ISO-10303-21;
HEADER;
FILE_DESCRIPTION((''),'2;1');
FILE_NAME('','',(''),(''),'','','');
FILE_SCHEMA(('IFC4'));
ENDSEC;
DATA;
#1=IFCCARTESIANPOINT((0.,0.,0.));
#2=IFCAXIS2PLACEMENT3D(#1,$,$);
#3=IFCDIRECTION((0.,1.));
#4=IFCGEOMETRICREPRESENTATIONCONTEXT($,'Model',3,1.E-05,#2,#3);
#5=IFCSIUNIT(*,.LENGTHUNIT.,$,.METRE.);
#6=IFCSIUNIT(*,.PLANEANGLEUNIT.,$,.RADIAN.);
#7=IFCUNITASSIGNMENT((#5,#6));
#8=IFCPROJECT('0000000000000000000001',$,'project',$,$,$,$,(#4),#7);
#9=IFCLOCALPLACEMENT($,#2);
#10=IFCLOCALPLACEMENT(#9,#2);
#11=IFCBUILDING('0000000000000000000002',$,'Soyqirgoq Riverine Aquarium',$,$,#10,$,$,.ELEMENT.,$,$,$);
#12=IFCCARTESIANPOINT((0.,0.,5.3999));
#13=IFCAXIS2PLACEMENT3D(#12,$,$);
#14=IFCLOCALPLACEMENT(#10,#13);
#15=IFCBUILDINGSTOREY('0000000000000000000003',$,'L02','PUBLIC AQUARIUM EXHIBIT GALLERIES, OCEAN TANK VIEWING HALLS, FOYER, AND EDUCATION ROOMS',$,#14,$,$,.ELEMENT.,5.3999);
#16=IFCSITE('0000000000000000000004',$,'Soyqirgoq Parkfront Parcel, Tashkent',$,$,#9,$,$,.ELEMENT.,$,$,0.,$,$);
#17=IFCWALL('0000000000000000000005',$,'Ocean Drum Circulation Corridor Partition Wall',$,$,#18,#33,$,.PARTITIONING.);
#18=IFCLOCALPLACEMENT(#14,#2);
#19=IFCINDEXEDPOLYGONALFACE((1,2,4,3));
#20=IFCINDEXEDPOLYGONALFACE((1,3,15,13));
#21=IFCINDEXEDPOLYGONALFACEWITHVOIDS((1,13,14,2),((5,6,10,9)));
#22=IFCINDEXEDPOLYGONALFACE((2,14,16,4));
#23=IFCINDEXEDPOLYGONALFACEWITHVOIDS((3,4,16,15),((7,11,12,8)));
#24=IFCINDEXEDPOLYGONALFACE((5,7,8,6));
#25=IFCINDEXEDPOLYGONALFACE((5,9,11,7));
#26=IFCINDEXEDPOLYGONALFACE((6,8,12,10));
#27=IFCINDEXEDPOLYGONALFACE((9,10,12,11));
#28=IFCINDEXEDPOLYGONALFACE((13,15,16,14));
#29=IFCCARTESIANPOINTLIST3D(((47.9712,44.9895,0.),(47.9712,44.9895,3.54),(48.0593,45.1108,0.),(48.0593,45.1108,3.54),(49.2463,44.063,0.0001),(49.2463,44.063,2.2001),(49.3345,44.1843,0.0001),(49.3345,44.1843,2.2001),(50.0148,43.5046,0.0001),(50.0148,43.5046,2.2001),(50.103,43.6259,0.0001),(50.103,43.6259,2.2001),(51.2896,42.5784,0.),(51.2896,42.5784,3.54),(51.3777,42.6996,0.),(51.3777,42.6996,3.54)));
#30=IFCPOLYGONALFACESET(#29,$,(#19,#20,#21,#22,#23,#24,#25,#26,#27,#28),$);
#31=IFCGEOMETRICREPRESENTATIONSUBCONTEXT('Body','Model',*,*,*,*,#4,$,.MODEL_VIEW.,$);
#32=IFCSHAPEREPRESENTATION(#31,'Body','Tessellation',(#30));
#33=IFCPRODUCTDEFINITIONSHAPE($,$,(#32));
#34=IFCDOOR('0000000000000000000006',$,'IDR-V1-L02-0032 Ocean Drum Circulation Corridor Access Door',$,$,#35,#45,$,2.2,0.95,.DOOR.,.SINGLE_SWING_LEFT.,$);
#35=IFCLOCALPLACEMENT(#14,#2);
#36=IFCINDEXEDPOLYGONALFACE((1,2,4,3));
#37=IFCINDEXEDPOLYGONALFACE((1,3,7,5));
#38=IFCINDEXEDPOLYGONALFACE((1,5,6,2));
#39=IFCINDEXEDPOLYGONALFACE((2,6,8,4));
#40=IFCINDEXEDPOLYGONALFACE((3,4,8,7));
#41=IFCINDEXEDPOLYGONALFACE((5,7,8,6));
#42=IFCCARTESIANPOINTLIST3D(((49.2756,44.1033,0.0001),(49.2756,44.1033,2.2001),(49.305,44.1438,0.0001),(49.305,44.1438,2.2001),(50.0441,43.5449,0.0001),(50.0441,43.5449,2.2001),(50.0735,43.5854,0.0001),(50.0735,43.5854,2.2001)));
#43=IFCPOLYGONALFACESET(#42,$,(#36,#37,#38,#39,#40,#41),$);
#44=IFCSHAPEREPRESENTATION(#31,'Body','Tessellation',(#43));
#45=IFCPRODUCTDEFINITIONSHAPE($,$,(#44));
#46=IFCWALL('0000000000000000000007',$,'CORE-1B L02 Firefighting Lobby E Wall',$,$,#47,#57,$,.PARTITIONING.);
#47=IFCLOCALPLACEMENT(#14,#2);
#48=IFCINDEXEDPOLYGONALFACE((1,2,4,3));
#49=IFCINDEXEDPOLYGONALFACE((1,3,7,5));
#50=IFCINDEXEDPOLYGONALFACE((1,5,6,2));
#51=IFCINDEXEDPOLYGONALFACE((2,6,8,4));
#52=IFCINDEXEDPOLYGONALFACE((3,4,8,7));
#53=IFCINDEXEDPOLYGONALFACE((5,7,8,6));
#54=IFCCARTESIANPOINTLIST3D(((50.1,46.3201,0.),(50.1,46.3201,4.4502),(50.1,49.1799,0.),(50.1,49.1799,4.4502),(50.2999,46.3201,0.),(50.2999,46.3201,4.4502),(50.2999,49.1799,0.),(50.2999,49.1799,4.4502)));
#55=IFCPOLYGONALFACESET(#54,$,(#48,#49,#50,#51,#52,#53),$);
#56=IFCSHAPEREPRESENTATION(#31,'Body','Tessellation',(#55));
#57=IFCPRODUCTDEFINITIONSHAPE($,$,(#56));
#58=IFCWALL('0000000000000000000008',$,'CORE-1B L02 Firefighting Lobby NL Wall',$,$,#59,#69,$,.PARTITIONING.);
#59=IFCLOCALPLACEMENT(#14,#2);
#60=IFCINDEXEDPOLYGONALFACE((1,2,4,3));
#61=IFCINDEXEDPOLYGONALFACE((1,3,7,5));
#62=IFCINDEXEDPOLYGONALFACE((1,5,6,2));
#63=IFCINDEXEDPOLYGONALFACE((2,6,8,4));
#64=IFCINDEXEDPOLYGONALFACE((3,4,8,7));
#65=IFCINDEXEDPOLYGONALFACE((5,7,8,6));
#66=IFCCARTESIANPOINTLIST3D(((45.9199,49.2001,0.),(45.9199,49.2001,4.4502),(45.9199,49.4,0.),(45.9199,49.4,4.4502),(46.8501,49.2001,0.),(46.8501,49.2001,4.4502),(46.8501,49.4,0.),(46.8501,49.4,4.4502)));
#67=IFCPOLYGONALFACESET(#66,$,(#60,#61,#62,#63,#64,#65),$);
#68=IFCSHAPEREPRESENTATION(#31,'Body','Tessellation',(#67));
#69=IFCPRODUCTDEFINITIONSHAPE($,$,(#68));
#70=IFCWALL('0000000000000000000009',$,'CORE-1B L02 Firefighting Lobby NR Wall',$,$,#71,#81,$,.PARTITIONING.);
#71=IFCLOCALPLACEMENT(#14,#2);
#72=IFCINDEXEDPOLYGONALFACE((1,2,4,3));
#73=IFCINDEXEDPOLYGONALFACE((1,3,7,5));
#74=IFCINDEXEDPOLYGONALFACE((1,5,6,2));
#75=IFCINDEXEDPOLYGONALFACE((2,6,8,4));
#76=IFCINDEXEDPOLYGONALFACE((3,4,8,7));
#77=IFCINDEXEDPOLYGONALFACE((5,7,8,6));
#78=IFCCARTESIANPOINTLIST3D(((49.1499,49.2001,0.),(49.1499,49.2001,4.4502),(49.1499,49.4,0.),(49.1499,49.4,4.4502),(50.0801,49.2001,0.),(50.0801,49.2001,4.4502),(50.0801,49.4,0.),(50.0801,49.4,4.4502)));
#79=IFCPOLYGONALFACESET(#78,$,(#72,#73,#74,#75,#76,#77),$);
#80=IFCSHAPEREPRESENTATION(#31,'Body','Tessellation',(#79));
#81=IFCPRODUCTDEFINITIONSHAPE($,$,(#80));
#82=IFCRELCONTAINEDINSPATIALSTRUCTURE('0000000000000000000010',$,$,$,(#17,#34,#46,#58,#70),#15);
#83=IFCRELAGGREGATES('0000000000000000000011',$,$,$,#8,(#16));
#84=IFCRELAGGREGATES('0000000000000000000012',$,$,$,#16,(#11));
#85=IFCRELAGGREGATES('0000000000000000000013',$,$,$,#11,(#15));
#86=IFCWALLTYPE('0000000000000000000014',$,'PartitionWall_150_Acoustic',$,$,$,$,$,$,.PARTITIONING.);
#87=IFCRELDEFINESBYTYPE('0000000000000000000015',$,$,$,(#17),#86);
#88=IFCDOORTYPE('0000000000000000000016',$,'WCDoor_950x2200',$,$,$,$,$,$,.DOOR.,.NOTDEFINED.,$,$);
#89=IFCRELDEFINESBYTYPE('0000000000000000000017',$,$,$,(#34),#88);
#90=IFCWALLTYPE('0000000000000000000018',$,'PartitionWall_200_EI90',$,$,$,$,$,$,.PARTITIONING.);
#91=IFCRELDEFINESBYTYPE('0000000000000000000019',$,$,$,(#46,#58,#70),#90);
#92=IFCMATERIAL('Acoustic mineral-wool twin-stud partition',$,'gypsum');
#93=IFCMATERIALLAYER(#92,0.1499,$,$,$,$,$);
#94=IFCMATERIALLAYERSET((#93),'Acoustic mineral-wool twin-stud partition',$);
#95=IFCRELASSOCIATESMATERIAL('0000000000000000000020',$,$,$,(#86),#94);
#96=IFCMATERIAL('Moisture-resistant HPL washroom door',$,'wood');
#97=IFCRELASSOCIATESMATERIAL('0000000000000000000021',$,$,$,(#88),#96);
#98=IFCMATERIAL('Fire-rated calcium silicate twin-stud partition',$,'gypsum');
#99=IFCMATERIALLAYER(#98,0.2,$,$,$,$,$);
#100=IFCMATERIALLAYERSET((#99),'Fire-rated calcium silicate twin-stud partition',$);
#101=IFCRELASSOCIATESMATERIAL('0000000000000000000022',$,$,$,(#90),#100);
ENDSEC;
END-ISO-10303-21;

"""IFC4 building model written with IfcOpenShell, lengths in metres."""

from ifc_helpers import new_model, si_unit, direction, frame, frame_2d, origin, place, context, subcontext, project, spatial, rectangle, extrude, material, layer, layer_set, type_object, element, fill, save


model = new_model("IFC4")

# Units and contexts
model_context = context("Model", 3, precision=1e-05, world=origin(), true_north=direction((0.0, 1.0)))
body_context = subcontext(model_context, "Body", "Model", "MODEL_VIEW")
ifc_project = project(units=[si_unit("LENGTHUNIT", "METRE"), si_unit("PLANEANGLEUNIT", "RADIAN")], contexts=[model_context])

# Site, building, storey
site_placement = place(None, origin())
site = spatial("IfcSite", under=ifc_project, at=site_placement, Name="Soyqirgoq Parkfront Parcel, Tashkent", CompositionType="ELEMENT", RefElevation=0.0)
building_placement = place(site_placement, origin())
building = spatial("IfcBuilding", under=site, at=building_placement, Name="Soyqirgoq Riverine Aquarium", CompositionType="ELEMENT")
storey_placement = place(building_placement, frame((0.0, 0.0, 5.3999)))
storey = spatial("IfcBuildingStorey", under=building, at=storey_placement, Name="L02", Description="PUBLIC AQUARIUM EXHIBIT GALLERIES, OCEAN TANK VIEWING HALLS, FOYER, AND EDUCATION ROOMS", CompositionType="ELEMENT", Elevation=5.3999)

# Wall, opening, door
ifc_material_1 = material(Name="Acoustic mineral-wool twin-stud partition", Category="gypsum")
ifc_layer_1 = layer(ifc_material_1, 0.1499)
ifc_layer_set_1 = layer_set([ifc_layer_1], Name="Acoustic mineral-wool twin-stud partition")
wall_type_1 = type_object("IfcWallType", Name="PartitionWall_150_Acoustic", PredefinedType="PARTITIONING", material=ifc_layer_set_1)
wall_1_placement = place(storey_placement, frame((48.0154, 45.05, 0.0), z_axis=(0.0, 0.0, 1.0), x_axis=(0.808993, -0.587818, 0.0)))
wall_1 = element("IfcWall", 1, at=wall_1_placement, inside=storey, type_object=wall_type_1, Name="Ocean Drum Circulation Corridor Partition Wall", PredefinedType="PARTITIONING", context=body_context, shape_type="SweptSolid", body=[
    extrude(rectangle(XDim=4.1018, YDim=0.1499, at=frame_2d((2.0508, 0.0))), origin(), (0.0, 0.0, 1.0), 3.54),
])
opening_1_placement = place(wall_1_placement, frame((1.5759, 0.0, 0.0)))
opening_1 = element("IfcOpeningElement", 2, at=opening_1_placement, cuts=wall_1, PredefinedType="OPENING", context=body_context, shape_type="SweptSolid", body=[
    extrude(rectangle(XDim=0.95, YDim=2.2, at=frame_2d((0.4751, 1.1001))), frame((0.0, 0.085, 0.0), z_axis=(0.0, -1.0, 0.0), x_axis=(1.0, 0.0, 0.0)), (0.0, 0.0, 1.0), 0.1699),
])
ifc_material_2 = material(Name="Moisture-resistant HPL washroom door", Category="wood")
door_type_1 = type_object("IfcDoorType", Name="WCDoor_950x2200", OperationType="NOTDEFINED", PredefinedType="DOOR", material=ifc_material_2)
door_1_placement = place(opening_1_placement, origin())
door_1 = element("IfcDoor", 3, at=door_1_placement, inside=storey, type_object=door_type_1, Name="IDR-V1-L02-0032 Ocean Drum Circulation Corridor Access Door", OperationType="SINGLE_SWING_LEFT", OverallHeight=2.2, OverallWidth=0.95, PredefinedType="DOOR", context=body_context, shape_type="SweptSolid", body=[
    extrude(rectangle(XDim=0.95, YDim=2.2, at=frame_2d((0.4751, 1.1001))), frame((0.0, 0.0249, 0.0), z_axis=(0.0, -1.0, 0.0), x_axis=(1.0, 0.0, 0.0)), (0.0, 0.0, 1.0), 0.05),
])
fill(opening_1, door_1)
ifc_material_3 = material(Name="Fire-rated calcium silicate twin-stud partition", Category="gypsum")
ifc_layer_2 = layer(ifc_material_3, 0.2)
ifc_layer_set_2 = layer_set([ifc_layer_2], Name="Fire-rated calcium silicate twin-stud partition")
wall_type_2 = type_object("IfcWallType", Name="PartitionWall_200_EI90", PredefinedType="PARTITIONING", material=ifc_layer_set_2)

# Walls
wall_2_placement = place(storey_placement, frame((50.2, 46.3201, 0.0), z_axis=(0.0, 0.0, 1.0), x_axis=(0.0, 1.0, 0.0)))
element("IfcWall", 4, at=wall_2_placement, inside=storey, type_object=wall_type_2, Name="CORE-1B L02 Firefighting Lobby E Wall", PredefinedType="PARTITIONING", context=body_context, shape_type="SweptSolid", body=[
    extrude(rectangle(XDim=2.8599, YDim=0.2, at=frame_2d((1.4299, 0.0))), origin(), (0.0, 0.0, 1.0), 4.4502),
])
for number, where, z_axis, x_axis, name in (
    (5, (45.9199, 49.3, 0.0), (0.0, 0.0, 1.0), (1.0, 0.0, 0.0), "CORE-1B L02 Firefighting Lobby NL Wall"),
    (6, (49.1499, 49.3, 0.0), (0.0, 0.0, 1.0), (1.0, 0.0, 0.0), "CORE-1B L02 Firefighting Lobby NR Wall"),
):
    element("IfcWall", number, at=place(storey_placement, frame(where, z_axis=z_axis, x_axis=x_axis)), inside=storey, type_object=wall_type_2, Name=name, PredefinedType="PARTITIONING", context=body_context, shape_type="SweptSolid", body=[
        extrude(rectangle(XDim=0.9302, YDim=0.2, at=frame_2d((0.4651, 0.0))), origin(), (0.0, 0.0, 1.0), 4.4502),
    ])

save(model, "model.ifc")
